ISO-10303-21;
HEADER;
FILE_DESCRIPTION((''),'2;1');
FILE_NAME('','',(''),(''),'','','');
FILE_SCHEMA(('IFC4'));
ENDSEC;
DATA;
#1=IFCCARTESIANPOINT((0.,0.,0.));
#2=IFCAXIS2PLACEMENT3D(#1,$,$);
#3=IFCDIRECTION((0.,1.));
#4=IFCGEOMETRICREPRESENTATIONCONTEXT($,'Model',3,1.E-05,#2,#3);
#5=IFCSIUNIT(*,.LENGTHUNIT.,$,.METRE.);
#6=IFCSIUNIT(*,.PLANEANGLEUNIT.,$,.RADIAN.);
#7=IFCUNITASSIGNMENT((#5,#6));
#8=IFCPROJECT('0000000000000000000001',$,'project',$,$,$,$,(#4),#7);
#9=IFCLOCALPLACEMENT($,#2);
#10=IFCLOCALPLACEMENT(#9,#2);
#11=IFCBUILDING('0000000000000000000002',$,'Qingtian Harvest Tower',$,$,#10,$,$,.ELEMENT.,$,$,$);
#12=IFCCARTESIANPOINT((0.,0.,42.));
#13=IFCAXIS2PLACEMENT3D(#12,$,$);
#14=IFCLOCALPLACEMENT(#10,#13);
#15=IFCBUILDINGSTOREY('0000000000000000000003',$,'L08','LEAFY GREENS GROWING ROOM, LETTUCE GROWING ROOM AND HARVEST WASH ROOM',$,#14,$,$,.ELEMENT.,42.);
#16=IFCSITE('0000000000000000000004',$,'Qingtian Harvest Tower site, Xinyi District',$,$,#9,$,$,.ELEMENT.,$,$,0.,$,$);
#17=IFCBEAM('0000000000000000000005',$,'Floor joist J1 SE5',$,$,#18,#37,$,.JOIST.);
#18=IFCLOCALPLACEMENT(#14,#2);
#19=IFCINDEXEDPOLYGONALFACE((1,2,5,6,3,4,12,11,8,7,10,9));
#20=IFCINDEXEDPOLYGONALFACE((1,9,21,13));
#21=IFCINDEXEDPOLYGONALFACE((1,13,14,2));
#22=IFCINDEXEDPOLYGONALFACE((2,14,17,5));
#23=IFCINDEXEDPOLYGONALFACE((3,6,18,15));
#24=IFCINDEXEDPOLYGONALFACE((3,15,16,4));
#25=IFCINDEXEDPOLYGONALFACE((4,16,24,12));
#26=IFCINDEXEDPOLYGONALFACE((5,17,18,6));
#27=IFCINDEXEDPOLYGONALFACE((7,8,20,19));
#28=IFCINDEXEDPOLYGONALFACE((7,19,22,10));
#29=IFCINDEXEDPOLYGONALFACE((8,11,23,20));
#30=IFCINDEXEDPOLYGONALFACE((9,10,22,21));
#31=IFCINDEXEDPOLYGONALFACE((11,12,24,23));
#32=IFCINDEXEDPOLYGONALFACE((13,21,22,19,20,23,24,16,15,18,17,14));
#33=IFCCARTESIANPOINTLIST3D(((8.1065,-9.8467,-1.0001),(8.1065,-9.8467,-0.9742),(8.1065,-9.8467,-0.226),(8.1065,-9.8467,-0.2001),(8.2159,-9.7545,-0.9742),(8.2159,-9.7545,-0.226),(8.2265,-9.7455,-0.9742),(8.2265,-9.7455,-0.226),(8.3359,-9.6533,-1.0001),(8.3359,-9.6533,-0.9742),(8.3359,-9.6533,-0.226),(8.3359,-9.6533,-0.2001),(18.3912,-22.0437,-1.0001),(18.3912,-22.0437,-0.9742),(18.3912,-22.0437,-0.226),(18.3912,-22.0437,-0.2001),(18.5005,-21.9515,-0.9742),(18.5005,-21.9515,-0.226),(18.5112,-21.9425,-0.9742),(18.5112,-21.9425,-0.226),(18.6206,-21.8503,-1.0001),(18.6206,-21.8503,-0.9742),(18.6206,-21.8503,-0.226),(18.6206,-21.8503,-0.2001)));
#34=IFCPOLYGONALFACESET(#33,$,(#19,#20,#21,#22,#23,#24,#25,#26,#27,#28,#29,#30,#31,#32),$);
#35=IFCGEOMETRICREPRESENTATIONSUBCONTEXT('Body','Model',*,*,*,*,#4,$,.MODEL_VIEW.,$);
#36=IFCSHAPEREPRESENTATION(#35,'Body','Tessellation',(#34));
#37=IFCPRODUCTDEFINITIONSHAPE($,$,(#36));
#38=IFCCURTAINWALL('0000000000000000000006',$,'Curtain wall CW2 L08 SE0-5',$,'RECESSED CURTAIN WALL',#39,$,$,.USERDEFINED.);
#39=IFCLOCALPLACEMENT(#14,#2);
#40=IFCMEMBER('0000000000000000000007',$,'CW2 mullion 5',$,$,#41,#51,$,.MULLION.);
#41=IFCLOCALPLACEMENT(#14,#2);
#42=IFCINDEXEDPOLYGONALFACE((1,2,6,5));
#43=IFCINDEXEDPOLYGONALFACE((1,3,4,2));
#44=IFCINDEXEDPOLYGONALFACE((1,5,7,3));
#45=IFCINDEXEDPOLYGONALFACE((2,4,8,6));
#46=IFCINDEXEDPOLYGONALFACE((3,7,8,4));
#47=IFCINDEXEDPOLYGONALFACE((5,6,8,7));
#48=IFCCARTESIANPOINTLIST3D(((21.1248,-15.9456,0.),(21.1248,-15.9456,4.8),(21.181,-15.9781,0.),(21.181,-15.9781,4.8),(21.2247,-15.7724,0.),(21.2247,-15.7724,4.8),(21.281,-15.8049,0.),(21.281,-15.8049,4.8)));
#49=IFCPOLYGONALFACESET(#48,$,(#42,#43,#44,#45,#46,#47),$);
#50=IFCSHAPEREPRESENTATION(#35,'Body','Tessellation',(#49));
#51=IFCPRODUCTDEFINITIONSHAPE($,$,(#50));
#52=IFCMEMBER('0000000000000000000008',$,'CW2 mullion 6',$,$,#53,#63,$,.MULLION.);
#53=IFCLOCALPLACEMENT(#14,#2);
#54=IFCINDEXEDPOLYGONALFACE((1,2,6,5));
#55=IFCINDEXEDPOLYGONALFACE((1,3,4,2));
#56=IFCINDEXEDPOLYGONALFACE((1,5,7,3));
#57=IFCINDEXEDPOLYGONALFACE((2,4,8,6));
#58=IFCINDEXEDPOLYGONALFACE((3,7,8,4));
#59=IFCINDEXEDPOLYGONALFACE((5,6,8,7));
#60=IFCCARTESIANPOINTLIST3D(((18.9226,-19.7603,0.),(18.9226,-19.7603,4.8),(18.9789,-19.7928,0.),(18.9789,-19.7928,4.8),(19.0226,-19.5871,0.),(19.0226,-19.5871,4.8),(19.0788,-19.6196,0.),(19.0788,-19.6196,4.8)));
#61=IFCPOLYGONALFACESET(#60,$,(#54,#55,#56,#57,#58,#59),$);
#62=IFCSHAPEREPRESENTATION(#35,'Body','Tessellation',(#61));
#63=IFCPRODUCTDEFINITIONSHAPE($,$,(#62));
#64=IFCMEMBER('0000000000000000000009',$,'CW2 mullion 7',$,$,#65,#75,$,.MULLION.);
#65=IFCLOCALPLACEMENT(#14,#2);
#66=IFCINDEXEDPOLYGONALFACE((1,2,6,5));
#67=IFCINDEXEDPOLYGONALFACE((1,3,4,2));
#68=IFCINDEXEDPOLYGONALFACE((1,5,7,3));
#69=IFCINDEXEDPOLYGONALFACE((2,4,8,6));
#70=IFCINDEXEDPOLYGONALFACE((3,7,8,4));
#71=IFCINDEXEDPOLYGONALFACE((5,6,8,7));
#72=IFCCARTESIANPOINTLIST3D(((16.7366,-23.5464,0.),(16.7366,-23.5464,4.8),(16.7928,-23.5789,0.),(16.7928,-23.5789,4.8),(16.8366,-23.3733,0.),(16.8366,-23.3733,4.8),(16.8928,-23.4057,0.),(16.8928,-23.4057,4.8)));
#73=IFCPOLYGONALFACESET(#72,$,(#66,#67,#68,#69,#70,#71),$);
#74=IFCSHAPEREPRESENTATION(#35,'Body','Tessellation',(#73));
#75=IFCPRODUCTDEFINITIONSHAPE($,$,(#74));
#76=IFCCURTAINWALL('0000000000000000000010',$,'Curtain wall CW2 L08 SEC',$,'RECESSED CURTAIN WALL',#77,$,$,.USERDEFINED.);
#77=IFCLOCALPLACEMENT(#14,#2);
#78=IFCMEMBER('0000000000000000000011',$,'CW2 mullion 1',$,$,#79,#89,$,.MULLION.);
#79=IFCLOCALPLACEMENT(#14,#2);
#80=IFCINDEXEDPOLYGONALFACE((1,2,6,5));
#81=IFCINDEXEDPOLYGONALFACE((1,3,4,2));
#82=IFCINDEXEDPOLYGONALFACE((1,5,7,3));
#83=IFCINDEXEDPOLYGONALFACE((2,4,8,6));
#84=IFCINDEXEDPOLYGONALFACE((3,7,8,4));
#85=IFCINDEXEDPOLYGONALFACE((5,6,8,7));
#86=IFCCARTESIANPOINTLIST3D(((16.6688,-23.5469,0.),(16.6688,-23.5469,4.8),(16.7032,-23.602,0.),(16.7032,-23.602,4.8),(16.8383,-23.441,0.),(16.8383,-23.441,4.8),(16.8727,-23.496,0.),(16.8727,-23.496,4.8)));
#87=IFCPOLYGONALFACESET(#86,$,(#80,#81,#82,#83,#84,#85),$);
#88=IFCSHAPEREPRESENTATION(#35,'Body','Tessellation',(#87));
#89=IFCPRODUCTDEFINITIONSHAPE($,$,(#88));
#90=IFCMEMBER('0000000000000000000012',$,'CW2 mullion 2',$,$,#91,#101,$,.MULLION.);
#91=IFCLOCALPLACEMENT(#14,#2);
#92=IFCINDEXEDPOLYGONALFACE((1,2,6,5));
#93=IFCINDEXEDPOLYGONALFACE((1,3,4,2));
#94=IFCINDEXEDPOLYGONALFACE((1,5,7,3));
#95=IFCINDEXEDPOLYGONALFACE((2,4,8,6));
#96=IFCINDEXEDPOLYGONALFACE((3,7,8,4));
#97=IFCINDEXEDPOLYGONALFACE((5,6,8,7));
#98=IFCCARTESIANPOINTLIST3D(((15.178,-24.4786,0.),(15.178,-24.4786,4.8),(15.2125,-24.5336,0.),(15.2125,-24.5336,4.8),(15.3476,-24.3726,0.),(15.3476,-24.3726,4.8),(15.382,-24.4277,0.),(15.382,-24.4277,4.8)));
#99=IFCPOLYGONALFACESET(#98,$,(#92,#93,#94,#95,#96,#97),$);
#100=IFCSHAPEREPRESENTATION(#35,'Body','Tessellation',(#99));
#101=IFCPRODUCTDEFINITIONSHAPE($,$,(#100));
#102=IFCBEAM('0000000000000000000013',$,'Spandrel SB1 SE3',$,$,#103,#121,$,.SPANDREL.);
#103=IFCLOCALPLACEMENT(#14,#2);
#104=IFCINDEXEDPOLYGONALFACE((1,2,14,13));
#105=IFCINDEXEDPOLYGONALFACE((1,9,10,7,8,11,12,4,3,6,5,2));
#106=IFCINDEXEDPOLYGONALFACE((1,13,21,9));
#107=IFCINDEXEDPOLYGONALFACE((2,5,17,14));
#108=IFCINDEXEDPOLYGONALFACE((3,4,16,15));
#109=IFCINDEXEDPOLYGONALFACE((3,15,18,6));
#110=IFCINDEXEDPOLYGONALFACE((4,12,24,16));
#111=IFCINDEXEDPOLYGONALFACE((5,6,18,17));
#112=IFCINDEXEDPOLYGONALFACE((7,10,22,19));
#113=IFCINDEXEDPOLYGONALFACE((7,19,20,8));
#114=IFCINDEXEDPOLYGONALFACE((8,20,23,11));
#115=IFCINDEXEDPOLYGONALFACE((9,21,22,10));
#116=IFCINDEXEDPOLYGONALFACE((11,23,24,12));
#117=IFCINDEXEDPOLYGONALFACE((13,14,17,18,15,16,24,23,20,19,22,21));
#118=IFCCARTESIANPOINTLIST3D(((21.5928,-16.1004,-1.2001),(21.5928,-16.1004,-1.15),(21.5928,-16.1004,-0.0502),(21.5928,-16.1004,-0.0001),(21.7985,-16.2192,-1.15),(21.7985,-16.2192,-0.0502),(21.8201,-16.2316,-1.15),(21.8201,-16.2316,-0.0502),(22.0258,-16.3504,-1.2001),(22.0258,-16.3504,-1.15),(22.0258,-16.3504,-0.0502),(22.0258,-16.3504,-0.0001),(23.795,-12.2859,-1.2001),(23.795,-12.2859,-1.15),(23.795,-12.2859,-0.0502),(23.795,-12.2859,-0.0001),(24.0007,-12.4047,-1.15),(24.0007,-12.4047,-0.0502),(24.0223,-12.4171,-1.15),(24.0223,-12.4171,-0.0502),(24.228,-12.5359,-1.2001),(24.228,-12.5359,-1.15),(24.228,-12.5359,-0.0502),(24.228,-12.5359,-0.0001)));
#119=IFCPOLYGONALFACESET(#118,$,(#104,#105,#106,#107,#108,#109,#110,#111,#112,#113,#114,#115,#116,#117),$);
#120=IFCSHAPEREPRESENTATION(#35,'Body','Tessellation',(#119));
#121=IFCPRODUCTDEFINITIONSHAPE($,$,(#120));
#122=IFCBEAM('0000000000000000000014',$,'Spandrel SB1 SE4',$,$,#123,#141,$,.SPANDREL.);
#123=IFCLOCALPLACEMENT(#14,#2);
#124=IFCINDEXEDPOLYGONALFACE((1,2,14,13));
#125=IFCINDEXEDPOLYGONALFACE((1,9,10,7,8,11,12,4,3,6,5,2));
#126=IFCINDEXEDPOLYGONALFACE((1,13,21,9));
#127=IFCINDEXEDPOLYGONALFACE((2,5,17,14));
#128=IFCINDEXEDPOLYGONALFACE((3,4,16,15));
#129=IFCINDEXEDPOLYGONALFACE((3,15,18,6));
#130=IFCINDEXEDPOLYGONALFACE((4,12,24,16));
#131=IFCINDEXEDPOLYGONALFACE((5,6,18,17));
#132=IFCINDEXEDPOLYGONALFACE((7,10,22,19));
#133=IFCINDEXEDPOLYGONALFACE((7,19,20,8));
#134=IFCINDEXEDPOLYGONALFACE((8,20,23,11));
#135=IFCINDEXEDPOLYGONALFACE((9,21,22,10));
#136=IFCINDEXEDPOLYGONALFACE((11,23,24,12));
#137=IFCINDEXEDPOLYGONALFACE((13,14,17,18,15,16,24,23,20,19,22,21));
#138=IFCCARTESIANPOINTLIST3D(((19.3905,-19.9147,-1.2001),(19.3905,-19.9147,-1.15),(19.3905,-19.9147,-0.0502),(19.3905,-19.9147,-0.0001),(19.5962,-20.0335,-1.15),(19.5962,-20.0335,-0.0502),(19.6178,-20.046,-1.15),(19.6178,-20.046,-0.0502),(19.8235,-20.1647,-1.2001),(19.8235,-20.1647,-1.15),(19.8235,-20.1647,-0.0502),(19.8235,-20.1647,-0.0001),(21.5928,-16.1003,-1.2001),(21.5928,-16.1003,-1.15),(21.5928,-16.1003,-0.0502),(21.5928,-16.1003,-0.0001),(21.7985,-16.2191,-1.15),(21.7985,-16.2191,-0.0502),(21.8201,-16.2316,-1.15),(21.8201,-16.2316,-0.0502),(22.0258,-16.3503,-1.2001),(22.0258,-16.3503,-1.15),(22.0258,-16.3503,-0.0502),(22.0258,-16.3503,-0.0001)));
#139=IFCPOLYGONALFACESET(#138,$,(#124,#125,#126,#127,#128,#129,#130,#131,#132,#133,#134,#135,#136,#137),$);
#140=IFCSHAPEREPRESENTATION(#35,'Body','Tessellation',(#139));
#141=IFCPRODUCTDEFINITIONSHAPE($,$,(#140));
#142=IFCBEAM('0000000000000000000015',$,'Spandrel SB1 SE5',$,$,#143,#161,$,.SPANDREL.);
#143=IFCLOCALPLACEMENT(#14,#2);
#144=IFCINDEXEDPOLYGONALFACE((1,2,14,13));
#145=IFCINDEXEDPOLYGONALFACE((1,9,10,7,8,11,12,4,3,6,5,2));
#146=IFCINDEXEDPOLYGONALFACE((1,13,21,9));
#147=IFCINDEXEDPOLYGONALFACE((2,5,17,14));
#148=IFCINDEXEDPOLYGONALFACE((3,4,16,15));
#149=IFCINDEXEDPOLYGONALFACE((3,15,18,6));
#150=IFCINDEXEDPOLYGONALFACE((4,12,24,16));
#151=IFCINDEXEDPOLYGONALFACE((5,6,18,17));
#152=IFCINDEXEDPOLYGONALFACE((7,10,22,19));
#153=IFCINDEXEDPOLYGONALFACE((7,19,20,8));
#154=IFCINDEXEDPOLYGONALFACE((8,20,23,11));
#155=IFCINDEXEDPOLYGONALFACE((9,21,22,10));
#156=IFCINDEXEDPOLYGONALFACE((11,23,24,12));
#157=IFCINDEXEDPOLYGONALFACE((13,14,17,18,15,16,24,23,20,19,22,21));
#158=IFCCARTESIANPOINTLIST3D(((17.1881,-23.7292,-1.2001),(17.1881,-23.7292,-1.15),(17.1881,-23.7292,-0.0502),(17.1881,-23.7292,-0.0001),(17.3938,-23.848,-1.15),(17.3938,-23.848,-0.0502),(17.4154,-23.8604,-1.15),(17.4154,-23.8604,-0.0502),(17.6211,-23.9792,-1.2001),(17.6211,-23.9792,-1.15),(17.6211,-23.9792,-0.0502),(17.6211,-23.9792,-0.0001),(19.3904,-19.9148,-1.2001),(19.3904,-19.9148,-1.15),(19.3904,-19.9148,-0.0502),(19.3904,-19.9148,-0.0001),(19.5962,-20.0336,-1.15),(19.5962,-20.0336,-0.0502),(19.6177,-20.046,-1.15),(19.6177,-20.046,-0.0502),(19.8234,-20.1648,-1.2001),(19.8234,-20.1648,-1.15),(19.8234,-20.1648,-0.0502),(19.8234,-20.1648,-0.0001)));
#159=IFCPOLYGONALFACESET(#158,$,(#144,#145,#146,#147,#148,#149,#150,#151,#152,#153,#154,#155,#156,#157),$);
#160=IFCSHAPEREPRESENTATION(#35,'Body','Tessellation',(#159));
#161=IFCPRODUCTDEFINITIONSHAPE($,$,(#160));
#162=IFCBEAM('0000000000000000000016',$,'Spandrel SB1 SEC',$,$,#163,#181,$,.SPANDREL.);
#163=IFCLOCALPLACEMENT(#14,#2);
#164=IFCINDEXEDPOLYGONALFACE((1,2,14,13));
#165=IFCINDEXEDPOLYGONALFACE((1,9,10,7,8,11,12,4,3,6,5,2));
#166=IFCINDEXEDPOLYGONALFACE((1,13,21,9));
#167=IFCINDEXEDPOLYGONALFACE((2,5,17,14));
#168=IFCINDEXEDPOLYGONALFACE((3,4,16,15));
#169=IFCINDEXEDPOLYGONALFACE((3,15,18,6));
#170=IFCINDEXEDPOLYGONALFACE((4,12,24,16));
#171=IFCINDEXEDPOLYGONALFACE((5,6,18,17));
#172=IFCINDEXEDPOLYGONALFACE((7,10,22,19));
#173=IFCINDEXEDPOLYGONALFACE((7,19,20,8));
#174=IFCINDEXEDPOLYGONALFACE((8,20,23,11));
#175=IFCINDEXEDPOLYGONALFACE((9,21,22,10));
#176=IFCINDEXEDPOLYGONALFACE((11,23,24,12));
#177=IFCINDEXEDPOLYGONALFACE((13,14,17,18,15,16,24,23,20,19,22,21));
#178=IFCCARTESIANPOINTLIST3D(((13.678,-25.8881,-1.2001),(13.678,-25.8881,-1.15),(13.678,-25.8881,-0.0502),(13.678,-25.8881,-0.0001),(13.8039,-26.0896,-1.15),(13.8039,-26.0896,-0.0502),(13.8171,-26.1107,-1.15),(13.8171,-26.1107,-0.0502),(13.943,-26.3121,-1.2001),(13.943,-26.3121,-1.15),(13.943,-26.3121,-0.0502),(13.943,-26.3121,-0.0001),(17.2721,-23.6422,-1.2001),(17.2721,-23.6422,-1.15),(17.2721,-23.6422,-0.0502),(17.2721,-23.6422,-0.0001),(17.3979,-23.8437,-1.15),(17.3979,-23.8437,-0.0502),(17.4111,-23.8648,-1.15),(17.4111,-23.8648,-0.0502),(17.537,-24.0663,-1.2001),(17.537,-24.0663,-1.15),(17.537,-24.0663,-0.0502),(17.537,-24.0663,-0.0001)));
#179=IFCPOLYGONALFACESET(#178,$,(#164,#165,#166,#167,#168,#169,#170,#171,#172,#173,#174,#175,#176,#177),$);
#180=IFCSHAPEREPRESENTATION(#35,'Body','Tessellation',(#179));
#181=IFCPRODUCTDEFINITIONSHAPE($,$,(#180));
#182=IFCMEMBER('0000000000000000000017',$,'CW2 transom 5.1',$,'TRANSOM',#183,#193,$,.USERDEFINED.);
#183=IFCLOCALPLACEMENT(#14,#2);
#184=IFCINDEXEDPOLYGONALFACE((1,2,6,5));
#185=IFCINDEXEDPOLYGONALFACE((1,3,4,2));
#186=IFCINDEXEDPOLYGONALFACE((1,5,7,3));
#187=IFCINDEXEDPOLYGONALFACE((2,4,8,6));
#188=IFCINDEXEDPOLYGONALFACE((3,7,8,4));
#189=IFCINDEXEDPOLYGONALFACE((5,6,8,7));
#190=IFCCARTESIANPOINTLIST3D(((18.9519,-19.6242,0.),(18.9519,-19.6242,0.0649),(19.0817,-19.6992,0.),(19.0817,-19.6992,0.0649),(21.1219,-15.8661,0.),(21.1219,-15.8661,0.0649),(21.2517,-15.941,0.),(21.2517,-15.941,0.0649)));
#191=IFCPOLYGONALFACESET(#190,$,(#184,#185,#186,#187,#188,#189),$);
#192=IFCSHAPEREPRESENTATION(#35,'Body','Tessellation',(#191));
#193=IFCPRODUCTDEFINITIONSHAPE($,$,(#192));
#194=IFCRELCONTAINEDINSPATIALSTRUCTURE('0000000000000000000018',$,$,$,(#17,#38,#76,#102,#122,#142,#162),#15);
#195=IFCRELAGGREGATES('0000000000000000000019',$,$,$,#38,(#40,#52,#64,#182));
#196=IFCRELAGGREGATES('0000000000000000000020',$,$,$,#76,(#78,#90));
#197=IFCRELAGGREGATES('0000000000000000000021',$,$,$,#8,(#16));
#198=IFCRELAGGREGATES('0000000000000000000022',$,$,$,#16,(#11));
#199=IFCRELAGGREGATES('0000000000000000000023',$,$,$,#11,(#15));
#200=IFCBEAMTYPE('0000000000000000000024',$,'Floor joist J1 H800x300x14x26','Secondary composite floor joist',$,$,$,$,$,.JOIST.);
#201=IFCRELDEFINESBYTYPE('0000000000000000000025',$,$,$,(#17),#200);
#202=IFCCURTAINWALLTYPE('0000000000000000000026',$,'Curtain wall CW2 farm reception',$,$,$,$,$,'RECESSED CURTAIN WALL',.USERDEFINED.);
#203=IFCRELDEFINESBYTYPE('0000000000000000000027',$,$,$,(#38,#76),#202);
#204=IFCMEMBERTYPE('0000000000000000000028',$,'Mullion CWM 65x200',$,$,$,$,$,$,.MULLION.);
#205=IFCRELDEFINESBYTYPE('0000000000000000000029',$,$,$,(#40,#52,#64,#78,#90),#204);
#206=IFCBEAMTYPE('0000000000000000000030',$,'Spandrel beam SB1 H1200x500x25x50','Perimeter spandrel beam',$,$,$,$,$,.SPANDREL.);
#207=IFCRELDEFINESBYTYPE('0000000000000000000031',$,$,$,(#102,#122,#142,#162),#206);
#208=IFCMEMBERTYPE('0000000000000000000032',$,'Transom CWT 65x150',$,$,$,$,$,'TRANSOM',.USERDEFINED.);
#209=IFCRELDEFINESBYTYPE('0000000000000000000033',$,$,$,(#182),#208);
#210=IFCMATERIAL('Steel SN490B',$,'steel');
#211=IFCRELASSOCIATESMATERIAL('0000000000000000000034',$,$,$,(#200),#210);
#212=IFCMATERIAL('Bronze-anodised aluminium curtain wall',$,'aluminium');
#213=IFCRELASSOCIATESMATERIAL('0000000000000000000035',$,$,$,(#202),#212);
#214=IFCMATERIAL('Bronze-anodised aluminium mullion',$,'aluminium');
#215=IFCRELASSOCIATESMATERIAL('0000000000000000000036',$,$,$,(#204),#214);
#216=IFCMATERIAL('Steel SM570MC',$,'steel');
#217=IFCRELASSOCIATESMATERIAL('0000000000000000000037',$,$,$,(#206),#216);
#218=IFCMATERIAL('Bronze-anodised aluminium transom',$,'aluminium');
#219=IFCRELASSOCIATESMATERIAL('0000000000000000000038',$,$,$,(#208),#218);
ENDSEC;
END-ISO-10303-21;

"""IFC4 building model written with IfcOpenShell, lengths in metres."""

from ifc_helpers import new_model, si_unit, direction, frame, origin, origin_2d, place, context, subcontext, project, spatial, rectangle, i_section, extrude, material, material_profile, profile_set, type_object, element, aggregate, save


model = new_model("IFC4")

# Units and contexts
model_context = context("Model", 3, precision=1e-05, world=origin(), true_north=direction((0.0, 1.0)))
body_context = subcontext(model_context, "Body", "Model", "MODEL_VIEW")
ifc_project = project(units=[si_unit("LENGTHUNIT", "METRE"), si_unit("PLANEANGLEUNIT", "RADIAN")], contexts=[model_context])

# Site, building, storey
site_placement = place(None, origin())
site = spatial("IfcSite", under=ifc_project, at=site_placement, Name="Qingtian Harvest Tower site, Xinyi District", CompositionType="ELEMENT", RefElevation=0.0)
building_placement = place(site_placement, origin())
building = spatial("IfcBuilding", under=site, at=building_placement, Name="Qingtian Harvest Tower", CompositionType="ELEMENT")
storey_placement = place(building_placement, frame((0.0, 0.0, 42.0)))
storey = spatial("IfcBuildingStorey", under=building, at=storey_placement, Name="L08", Description="LEAFY GREENS GROWING ROOM, LETTUCE GROWING ROOM AND HARVEST WASH ROOM", CompositionType="ELEMENT", Elevation=42.0)

# Beam
ifc_material_1 = material(Name="Steel SN490B", Category="steel")
ifc_material_profile_1 = material_profile(ifc_material_1, i_section(OverallWidth=0.3, OverallDepth=0.8, WebThickness=0.0139, FlangeThickness=0.0259, at=origin_2d()), Name="H800x300x14x26")
ifc_profile_set_1 = profile_set([ifc_material_profile_1], Name="Steel SN490B")
beam_type_1 = type_object("IfcBeamType", Name="Floor joist J1 H800x300x14x26", Description="Secondary composite floor joist", PredefinedType="JOIST", material=ifc_profile_set_1)
beam_1_placement = place(storey_placement, frame((18.5059, -21.947, -0.6001), z_axis=(-0.64463, 0.764494, 0.0), x_axis=(-0.764494, -0.64463, 0.0)))
element("IfcBeam", 1, at=beam_1_placement, inside=storey, type_object=beam_type_1, Name="Floor joist J1 SE5", PredefinedType="JOIST", context=body_context, shape_type="SweptSolid", body=[
    extrude(i_section(OverallWidth=0.3, OverallDepth=0.8, WebThickness=0.0139, FlangeThickness=0.0259, at=origin_2d()), origin(), (0.0, 0.0, 1.0), 15.9543),
])

# Curtain walls, members
ifc_material_2 = material(Name="Bronze-anodised aluminium curtain wall", Category="aluminium")
curtain_wall_type = type_object("IfcCurtainWallType", Name="Curtain wall CW2 farm reception", ElementType="RECESSED CURTAIN WALL", PredefinedType="USERDEFINED", material=ifc_material_2)
curtain_wall_1_placement = place(storey_placement, origin())
curtain_wall_1 = element("IfcCurtainWall", 2, at=curtain_wall_1_placement, inside=storey, type_object=curtain_wall_type, Name="Curtain wall CW2 L08 SE0-5", ObjectType="RECESSED CURTAIN WALL", PredefinedType="USERDEFINED")
ifc_material_3 = material(Name="Bronze-anodised aluminium mullion", Category="aluminium")
ifc_material_profile_2 = material_profile(ifc_material_3, rectangle(XDim=0.0649, YDim=0.2, at=origin_2d()), Name="AL 65x200")
ifc_profile_set_2 = profile_set([ifc_material_profile_2], Name="Bronze-anodised aluminium mullion")
member_type_1 = type_object("IfcMemberType", Name="Mullion CWM 65x200", PredefinedType="MULLION", material=ifc_profile_set_2)
member_1_placement = place(storey_placement, frame((21.2029, -15.8752, 0.0), z_axis=(0.0, 0.0, 1.0), x_axis=(0.866025, -0.5, 0.0)))
member_1 = element("IfcMember", 3, at=member_1_placement, type_object=member_type_1, Name="CW2 mullion 5", PredefinedType="MULLION", context=body_context, shape_type="SweptSolid", body=[
    extrude(rectangle(XDim=0.0649, YDim=0.2, at=origin_2d()), origin(), (0.0, 0.0, 1.0), 4.8),
])
member_2_placement = place(storey_placement, frame((19.0007, -19.6899, 0.0), z_axis=(0.0, 0.0, 1.0), x_axis=(0.866025, -0.5, 0.0)))
member_2 = element("IfcMember", 4, at=member_2_placement, type_object=member_type_1, Name="CW2 mullion 6", PredefinedType="MULLION", context=body_context, shape_type="SweptSolid", body=[
    extrude(rectangle(XDim=0.0649, YDim=0.2, at=origin_2d()), origin(), (0.0, 0.0, 1.0), 4.8),
])
member_3_placement = place(storey_placement, frame((16.8147, -23.4761, 0.0), z_axis=(0.0, 0.0, 1.0), x_axis=(0.866025, -0.5, 0.0)))
member_3 = element("IfcMember", 5, at=member_3_placement, type_object=member_type_1, Name="CW2 mullion 7", PredefinedType="MULLION", context=body_context, shape_type="SweptSolid", body=[
    extrude(rectangle(XDim=0.0649, YDim=0.2, at=origin_2d()), origin(), (0.0, 0.0, 1.0), 4.8),
])
curtain_wall_2_placement = place(storey_placement, origin())
curtain_wall_2 = element("IfcCurtainWall", 6, at=curtain_wall_2_placement, inside=storey, type_object=curtain_wall_type, Name="Curtain wall CW2 L08 SEC", ObjectType="RECESSED CURTAIN WALL", PredefinedType="USERDEFINED")
member_4_placement = place(storey_placement, frame((16.7708, -23.5215, 0.0), z_axis=(0.0, 0.0, 1.0), x_axis=(0.529919, -0.848048, 0.0)))
member_4 = element("IfcMember", 7, at=member_4_placement, type_object=member_type_1, Name="CW2 mullion 1", PredefinedType="MULLION", context=body_context, shape_type="SweptSolid", body=[
    extrude(rectangle(XDim=0.0649, YDim=0.2, at=origin_2d()), origin(), (0.0, 0.0, 1.0), 4.8),
])
member_5_placement = place(storey_placement, frame((15.28, -24.4531, 0.0), z_axis=(0.0, 0.0, 1.0), x_axis=(0.529919, -0.848048, 0.0)))
member_5 = element("IfcMember", 8, at=member_5_placement, type_object=member_type_1, Name="CW2 mullion 2", PredefinedType="MULLION", context=body_context, shape_type="SweptSolid", body=[
    extrude(rectangle(XDim=0.0649, YDim=0.2, at=origin_2d()), origin(), (0.0, 0.0, 1.0), 4.8),
])

# Beams
ifc_material_4 = material(Name="Steel SM570MC", Category="steel")
ifc_material_profile_3 = material_profile(ifc_material_4, i_section(OverallWidth=0.5, OverallDepth=1.2, WebThickness=0.0249, FlangeThickness=0.05, at=origin_2d()), Name="H1200x500x25x50")
ifc_profile_set_3 = profile_set([ifc_material_profile_3], Name="Steel SM570MC")
beam_type_2 = type_object("IfcBeamType", Name="Spandrel beam SB1 H1200x500x25x50", Description="Perimeter spandrel beam", PredefinedType="SPANDREL", material=ifc_profile_set_3)
for number, where, z_axis, x_axis, name in (
    (9, (24.0115, -12.4109, -0.6001), (-0.499978, -0.866038, 0.0), (0.866038, -0.499978, 0.0), "Spandrel SB1 SE3"),
    (10, (21.8093, -16.2253, -0.6001), (-0.50002, -0.866014, 0.0), (0.866014, -0.50002, 0.0), "Spandrel SB1 SE4"),
    (11, (19.6069, -20.0398, -0.6001), (-0.50002, -0.866014, 0.0), (0.866014, -0.50002, 0.0), "Spandrel SB1 SE5"),
):
    element("IfcBeam", number, at=place(storey_placement, frame(where, z_axis=z_axis, x_axis=x_axis)), inside=storey, type_object=beam_type_2, Name=name, PredefinedType="SPANDREL", context=body_context, shape_type="SweptSolid", body=[
        extrude(i_section(OverallWidth=0.5, OverallDepth=1.2, WebThickness=0.0249, FlangeThickness=0.05, at=origin_2d()), origin(), (0.0, 0.0, 1.0), 4.4045),
    ])
beam_2_placement = place(storey_placement, frame((17.4045, -23.8542, -0.6001), z_axis=(-0.84804, -0.529932, 0.0), x_axis=(0.529932, -0.84804, 0.0)))
element("IfcBeam", 12, at=beam_2_placement, inside=storey, type_object=beam_type_2, Name="Spandrel SB1 SEC", PredefinedType="SPANDREL", context=body_context, shape_type="SweptSolid", body=[
    extrude(i_section(OverallWidth=0.5, OverallDepth=1.2, WebThickness=0.0249, FlangeThickness=0.05, at=origin_2d()), origin(), (0.0, 0.0, 1.0), 4.238),
])

# Member
ifc_material_5 = material(Name="Bronze-anodised aluminium transom", Category="aluminium")
ifc_material_profile_4 = material_profile(ifc_material_5, rectangle(XDim=0.1499, YDim=0.0649, at=origin_2d()), Name="AL 65x150")
ifc_profile_set_4 = profile_set([ifc_material_profile_4], Name="Bronze-anodised aluminium transom")
member_type_2 = type_object("IfcMemberType", Name="Transom CWT 65x150", ElementType="TRANSOM", PredefinedType="USERDEFINED", material=ifc_profile_set_4)
member_6_placement = place(storey_placement, frame((21.1868, -15.9036, 0.0325), z_axis=(-0.500036, -0.866005, 0.0), x_axis=(0.866005, -0.500036, 0.0)))
member_6 = element("IfcMember", 13, at=member_6_placement, type_object=member_type_2, Name="CW2 transom 5.1", ObjectType="TRANSOM", PredefinedType="USERDEFINED", context=body_context, shape_type="SweptSolid", body=[
    extrude(rectangle(XDim=0.1499, YDim=0.0649, at=origin_2d()), origin(), (0.0, 0.0, 1.0), 4.3396),
])

aggregate(curtain_wall_1, [member_1, member_2, member_3, member_6])
aggregate(curtain_wall_2, [member_4, member_5])

save(model, "model.ifc")
